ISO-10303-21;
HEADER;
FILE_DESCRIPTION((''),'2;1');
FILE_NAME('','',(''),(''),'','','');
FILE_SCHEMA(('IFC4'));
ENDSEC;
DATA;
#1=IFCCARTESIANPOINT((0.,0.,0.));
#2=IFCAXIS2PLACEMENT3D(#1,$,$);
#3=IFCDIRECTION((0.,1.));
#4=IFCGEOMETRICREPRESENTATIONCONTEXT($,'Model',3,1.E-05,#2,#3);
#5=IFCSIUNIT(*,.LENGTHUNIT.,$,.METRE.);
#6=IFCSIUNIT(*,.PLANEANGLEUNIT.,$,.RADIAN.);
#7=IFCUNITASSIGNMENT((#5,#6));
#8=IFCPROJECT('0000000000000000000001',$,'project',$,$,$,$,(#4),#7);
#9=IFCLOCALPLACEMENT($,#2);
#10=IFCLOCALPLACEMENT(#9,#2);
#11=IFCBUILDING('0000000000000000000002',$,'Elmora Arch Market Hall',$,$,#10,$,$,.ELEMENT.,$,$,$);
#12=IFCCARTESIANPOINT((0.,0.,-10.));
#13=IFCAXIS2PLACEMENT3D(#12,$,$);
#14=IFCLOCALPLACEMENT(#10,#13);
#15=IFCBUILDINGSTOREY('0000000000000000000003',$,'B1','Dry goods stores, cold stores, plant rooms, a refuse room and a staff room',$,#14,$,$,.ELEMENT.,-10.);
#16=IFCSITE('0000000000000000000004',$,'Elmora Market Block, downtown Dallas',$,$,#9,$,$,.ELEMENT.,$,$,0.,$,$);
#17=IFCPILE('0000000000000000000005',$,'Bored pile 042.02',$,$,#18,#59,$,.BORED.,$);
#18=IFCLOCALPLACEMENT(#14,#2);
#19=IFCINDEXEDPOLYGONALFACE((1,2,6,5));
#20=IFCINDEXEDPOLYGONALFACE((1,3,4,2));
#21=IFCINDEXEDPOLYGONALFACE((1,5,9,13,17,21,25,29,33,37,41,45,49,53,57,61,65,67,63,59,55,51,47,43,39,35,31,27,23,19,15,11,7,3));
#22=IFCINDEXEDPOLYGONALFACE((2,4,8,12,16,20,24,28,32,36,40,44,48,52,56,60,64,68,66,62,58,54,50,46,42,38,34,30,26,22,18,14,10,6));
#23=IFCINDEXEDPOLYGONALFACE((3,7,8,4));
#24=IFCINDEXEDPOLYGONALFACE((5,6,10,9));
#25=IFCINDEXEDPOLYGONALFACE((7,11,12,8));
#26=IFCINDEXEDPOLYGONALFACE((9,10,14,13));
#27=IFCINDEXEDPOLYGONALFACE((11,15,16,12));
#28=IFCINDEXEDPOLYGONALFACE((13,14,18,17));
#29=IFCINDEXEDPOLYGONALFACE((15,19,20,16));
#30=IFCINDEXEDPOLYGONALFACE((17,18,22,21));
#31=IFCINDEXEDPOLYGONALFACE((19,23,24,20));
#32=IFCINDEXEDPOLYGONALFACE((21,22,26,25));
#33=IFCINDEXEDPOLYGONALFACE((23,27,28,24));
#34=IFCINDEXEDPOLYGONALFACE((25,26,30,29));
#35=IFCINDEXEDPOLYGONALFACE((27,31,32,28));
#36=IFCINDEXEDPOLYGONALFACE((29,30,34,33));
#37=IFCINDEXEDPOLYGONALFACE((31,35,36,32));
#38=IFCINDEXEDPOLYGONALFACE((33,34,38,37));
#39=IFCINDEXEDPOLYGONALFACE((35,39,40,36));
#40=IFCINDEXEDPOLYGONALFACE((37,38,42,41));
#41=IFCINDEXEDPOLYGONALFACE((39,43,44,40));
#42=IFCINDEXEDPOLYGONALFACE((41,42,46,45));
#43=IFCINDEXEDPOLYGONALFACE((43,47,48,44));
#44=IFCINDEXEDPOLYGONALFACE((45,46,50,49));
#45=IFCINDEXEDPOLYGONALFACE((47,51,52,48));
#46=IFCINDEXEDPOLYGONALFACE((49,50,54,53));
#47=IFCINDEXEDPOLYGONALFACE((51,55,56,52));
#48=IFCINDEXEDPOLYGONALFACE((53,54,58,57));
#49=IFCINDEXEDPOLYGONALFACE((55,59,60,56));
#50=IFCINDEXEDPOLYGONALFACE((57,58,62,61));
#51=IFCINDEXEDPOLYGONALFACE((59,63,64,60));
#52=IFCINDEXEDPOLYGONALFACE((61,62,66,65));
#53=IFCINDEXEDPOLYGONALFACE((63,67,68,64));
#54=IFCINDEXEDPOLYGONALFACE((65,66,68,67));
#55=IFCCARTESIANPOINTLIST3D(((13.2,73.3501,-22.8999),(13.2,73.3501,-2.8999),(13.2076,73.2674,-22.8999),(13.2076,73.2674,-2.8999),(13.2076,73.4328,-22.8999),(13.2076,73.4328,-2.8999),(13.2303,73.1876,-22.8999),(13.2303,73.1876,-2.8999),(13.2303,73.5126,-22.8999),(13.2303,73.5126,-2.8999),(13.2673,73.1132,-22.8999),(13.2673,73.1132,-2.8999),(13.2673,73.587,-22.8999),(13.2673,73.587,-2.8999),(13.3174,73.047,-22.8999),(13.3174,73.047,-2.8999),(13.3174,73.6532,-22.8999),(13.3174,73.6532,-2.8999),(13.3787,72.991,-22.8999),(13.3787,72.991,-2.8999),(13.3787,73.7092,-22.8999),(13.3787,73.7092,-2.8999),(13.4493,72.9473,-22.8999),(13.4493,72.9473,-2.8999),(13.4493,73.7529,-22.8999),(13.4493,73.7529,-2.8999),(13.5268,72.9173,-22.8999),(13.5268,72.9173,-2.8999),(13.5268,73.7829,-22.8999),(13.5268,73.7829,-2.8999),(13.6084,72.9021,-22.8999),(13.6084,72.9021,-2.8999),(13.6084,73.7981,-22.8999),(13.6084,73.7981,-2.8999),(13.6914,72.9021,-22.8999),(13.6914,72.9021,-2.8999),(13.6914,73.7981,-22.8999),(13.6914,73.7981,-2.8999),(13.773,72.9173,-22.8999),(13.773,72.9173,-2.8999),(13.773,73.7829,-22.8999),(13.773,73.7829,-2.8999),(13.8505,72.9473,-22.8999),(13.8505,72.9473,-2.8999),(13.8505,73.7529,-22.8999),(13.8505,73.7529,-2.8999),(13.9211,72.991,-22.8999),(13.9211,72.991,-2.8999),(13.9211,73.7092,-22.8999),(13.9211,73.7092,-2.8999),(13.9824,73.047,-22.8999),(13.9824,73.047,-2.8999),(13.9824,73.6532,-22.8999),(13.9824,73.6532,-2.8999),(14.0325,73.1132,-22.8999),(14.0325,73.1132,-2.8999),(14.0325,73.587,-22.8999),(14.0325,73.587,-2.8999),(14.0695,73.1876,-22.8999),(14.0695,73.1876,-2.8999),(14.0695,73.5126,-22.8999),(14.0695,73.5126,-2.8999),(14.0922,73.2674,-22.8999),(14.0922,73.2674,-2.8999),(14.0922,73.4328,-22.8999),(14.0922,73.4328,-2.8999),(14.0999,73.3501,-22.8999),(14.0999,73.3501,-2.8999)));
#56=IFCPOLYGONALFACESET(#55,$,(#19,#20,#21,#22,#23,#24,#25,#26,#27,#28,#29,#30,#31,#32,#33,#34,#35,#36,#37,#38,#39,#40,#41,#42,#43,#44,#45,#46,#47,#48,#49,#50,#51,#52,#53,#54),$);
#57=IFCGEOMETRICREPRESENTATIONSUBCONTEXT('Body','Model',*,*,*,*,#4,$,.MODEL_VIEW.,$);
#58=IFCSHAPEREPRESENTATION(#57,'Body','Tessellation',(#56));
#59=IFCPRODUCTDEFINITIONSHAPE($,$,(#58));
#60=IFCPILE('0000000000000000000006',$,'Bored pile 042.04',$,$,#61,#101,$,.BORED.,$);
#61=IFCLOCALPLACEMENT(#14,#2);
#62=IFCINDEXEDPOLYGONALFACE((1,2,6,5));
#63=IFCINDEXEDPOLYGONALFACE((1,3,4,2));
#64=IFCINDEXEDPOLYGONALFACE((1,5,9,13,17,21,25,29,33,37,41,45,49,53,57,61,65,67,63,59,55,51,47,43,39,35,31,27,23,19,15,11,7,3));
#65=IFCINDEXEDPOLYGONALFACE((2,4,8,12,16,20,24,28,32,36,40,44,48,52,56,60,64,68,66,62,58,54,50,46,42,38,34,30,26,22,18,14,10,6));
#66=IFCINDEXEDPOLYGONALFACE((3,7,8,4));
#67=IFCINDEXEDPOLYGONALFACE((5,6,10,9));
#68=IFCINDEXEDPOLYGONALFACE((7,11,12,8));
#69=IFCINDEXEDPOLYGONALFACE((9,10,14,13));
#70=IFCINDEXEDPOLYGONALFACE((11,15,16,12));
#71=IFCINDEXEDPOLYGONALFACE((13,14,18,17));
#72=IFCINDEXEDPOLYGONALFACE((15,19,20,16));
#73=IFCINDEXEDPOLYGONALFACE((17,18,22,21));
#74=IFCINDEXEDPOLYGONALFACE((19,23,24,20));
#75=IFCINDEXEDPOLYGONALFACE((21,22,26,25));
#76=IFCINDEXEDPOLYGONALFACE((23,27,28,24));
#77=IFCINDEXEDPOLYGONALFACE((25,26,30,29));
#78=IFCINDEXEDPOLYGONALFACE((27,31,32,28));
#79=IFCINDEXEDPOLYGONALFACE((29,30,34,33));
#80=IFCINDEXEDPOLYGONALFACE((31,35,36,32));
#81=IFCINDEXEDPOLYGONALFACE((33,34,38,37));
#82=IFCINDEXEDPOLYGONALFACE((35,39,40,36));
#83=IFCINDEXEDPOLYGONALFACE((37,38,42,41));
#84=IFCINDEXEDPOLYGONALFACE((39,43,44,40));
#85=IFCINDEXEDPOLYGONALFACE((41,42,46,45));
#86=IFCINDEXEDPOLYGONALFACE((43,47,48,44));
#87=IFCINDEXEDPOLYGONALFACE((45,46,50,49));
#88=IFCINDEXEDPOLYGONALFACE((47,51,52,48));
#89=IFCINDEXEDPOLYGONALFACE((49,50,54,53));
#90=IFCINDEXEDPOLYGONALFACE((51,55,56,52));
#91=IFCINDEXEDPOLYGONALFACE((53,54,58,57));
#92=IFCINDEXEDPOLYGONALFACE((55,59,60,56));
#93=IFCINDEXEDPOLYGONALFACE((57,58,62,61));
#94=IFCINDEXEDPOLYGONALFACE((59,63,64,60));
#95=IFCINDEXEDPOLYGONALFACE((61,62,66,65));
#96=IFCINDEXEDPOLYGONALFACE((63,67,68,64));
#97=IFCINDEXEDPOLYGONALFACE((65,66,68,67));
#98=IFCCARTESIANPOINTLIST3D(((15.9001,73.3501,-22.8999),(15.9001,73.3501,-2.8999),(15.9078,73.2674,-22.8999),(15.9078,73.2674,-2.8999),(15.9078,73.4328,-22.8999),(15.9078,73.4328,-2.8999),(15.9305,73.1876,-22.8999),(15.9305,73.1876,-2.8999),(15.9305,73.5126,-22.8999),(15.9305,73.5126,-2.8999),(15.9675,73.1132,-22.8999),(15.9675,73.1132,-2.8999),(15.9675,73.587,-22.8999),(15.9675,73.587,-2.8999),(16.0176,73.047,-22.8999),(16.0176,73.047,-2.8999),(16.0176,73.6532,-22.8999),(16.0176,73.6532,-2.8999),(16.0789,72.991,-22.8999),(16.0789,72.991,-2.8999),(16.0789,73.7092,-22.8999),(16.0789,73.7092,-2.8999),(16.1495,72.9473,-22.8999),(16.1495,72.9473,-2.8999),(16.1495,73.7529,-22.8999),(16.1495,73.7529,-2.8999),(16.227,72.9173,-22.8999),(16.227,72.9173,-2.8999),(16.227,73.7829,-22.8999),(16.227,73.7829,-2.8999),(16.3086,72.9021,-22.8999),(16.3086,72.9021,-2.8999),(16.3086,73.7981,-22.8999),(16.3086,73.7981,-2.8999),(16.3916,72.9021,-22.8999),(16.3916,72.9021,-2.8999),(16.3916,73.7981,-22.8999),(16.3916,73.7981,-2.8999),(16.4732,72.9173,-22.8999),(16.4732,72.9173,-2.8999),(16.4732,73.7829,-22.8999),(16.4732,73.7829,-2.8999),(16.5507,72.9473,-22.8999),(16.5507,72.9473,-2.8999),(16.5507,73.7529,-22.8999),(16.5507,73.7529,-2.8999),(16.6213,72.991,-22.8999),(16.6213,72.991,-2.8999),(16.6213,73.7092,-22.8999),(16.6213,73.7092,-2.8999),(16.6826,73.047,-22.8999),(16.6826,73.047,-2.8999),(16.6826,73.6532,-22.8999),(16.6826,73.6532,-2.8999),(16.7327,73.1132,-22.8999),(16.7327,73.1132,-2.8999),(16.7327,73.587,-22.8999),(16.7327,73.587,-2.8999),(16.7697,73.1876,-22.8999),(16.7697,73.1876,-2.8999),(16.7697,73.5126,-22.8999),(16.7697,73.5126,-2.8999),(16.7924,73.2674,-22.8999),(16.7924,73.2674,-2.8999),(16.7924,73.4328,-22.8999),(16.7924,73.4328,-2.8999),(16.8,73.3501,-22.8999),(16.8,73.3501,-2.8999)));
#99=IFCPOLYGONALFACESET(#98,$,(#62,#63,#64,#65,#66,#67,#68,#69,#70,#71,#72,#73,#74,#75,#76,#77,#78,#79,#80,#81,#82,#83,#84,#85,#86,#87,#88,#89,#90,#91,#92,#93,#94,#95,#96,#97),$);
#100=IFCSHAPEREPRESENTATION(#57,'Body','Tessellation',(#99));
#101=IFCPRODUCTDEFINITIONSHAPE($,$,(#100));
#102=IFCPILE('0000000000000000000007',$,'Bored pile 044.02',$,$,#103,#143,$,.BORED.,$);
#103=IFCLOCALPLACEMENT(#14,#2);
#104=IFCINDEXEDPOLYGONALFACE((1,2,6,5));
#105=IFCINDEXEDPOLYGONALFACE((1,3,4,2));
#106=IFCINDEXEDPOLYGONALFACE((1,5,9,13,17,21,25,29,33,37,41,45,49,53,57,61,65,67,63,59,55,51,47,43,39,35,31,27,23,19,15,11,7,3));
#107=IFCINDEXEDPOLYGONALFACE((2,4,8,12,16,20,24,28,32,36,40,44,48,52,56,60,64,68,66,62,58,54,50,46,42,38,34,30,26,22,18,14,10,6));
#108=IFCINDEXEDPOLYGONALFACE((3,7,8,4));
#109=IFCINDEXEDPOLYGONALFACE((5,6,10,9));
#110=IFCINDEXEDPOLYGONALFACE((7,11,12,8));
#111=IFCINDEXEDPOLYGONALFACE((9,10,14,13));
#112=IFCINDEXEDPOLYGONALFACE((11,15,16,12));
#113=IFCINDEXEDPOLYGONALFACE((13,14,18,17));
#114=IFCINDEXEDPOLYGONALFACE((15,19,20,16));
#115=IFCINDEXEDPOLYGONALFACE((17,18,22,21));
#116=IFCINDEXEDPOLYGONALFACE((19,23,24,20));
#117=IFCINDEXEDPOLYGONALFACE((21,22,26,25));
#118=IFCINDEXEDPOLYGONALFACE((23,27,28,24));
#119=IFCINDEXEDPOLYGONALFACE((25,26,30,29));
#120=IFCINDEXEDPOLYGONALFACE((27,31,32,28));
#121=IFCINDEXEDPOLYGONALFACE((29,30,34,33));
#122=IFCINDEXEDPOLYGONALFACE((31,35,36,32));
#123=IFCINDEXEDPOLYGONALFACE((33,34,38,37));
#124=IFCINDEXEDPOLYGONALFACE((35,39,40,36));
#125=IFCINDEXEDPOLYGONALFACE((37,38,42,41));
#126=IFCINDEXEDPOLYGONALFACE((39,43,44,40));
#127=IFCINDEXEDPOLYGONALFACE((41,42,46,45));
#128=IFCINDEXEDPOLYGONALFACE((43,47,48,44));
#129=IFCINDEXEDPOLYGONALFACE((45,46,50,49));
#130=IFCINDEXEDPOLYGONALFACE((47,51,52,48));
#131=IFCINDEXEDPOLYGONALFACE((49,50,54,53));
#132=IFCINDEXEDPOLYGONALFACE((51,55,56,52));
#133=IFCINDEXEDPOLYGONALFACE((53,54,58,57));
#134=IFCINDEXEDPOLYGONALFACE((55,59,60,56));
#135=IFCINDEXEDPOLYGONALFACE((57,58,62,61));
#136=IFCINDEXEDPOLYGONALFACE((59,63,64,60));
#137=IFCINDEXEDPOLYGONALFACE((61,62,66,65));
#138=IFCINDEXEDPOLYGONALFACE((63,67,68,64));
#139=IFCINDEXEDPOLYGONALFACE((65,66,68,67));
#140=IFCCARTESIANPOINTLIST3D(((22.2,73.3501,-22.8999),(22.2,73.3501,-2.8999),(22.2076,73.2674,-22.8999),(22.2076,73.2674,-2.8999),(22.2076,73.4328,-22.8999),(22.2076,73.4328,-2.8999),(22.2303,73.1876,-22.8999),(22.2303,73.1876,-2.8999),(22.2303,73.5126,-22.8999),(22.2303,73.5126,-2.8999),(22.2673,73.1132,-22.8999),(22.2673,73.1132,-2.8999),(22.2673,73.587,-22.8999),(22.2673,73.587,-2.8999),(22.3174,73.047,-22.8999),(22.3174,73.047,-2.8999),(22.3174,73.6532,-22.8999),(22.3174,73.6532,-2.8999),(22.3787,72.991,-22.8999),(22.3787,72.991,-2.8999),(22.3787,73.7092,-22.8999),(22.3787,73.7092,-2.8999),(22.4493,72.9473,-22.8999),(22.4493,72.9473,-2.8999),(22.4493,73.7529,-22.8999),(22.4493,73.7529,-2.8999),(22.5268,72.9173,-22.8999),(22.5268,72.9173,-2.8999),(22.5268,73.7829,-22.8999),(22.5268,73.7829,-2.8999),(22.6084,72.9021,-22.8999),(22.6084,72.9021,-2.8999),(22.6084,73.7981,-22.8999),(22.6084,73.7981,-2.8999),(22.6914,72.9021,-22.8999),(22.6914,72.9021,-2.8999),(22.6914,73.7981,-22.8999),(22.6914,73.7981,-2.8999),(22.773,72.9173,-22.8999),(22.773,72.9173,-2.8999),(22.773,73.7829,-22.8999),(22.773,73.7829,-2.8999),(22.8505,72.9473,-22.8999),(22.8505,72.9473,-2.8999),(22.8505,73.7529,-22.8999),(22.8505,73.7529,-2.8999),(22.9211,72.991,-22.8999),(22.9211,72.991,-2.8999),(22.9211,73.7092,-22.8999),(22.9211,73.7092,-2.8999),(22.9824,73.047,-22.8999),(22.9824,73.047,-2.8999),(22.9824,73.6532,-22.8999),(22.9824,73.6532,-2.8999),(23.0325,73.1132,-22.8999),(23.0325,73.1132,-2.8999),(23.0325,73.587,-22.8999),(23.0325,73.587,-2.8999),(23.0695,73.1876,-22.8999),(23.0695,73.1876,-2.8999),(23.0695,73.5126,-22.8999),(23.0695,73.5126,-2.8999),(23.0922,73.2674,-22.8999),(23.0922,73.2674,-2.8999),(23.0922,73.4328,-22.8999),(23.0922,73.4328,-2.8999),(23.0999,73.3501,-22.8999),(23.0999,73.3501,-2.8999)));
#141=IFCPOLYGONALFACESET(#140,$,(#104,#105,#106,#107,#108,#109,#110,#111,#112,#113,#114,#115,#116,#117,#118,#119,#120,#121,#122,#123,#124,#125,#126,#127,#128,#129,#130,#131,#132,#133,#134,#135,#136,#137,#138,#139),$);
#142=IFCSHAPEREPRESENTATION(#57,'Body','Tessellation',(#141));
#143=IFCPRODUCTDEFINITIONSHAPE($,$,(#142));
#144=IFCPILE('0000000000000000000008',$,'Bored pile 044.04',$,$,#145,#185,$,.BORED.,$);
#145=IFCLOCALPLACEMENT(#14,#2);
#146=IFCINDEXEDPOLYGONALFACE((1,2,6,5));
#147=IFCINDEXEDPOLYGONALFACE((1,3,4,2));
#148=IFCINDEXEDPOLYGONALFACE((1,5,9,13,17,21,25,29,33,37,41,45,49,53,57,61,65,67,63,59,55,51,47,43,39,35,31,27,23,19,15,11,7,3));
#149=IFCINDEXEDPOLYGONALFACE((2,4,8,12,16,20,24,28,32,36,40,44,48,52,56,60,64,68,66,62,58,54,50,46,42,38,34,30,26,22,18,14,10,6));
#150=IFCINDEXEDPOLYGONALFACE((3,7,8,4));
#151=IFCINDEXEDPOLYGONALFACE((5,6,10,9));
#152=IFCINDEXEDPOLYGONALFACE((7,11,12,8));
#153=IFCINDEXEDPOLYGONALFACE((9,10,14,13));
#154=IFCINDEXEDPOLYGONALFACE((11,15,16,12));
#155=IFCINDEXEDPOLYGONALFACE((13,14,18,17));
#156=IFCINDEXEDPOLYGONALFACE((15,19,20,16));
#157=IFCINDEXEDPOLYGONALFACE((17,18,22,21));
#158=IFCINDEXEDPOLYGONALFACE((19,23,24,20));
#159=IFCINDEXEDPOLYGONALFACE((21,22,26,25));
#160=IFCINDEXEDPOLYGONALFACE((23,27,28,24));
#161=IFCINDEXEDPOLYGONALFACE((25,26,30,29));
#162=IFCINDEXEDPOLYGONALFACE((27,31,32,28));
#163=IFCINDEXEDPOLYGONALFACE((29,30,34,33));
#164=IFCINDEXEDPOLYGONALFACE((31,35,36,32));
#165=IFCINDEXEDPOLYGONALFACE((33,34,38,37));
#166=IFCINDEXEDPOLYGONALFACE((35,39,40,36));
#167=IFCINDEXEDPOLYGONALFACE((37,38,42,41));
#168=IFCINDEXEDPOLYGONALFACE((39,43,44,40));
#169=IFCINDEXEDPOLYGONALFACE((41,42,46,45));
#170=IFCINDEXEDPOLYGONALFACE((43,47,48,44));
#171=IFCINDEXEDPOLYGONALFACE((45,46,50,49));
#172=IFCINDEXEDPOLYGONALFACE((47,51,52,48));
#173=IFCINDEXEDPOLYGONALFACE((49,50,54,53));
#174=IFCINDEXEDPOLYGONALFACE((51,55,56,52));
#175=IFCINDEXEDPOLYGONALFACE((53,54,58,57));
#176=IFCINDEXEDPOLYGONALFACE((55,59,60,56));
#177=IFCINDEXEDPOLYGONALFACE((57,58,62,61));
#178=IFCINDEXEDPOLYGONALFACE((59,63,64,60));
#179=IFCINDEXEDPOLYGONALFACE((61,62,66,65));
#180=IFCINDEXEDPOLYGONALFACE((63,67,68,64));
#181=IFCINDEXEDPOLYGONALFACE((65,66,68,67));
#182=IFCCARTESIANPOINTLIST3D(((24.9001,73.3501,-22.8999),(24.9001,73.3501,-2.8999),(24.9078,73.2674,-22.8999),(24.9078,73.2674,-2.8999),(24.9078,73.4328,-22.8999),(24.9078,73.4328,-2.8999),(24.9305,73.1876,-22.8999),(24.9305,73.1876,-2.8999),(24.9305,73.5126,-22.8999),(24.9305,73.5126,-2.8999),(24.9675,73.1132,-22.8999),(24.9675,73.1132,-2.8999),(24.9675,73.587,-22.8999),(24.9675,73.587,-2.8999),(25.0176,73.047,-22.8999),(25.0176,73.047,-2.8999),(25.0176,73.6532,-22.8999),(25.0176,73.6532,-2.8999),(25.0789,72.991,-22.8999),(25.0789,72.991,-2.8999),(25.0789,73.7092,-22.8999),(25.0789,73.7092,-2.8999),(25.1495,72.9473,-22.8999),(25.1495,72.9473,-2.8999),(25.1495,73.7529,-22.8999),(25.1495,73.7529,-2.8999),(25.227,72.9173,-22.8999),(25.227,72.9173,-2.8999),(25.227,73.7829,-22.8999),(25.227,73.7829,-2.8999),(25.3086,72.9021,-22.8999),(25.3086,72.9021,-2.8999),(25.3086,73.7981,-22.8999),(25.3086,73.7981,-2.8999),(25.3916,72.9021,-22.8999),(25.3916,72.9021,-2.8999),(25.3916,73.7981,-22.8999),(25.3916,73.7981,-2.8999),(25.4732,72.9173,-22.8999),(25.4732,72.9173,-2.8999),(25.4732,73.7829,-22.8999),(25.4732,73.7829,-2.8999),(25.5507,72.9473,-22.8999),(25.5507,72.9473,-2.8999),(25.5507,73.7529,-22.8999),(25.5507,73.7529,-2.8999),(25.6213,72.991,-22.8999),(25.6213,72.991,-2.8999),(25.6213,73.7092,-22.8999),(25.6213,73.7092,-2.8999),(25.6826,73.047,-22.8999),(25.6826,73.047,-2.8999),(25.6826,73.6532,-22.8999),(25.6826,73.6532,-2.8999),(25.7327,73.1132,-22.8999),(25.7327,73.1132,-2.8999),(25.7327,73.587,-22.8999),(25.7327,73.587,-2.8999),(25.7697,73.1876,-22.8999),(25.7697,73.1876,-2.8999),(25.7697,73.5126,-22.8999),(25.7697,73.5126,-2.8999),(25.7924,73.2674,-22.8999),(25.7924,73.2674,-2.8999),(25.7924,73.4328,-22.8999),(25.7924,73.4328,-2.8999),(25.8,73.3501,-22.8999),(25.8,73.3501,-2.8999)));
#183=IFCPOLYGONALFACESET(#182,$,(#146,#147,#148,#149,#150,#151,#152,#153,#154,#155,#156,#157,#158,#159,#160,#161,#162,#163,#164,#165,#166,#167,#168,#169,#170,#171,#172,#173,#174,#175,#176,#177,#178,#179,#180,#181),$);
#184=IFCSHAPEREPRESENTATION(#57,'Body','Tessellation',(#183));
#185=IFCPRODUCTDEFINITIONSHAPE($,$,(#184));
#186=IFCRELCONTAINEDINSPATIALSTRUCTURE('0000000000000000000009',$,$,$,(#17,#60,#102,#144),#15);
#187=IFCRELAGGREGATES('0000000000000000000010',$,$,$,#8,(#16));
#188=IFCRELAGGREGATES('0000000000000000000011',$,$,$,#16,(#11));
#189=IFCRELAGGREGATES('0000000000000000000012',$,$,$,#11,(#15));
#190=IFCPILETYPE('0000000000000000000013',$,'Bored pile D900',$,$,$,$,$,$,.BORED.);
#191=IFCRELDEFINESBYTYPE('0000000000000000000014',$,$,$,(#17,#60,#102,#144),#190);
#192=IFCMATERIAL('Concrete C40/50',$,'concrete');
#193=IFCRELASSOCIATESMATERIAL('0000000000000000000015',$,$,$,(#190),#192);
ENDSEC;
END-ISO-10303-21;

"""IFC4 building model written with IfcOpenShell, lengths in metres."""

from ifc_helpers import new_model, si_unit, direction, frame, origin, origin_2d, place, context, subcontext, project, spatial, circle, extrude, material, material_profile, profile_set, type_object, element, save


model = new_model("IFC4")

# Units and contexts
model_context = context("Model", 3, precision=1e-05, world=origin(), true_north=direction((0.0, 1.0)))
body_context = subcontext(model_context, "Body", "Model", "MODEL_VIEW")
ifc_project = project(units=[si_unit("LENGTHUNIT", "METRE"), si_unit("PLANEANGLEUNIT", "RADIAN")], contexts=[model_context])

# Site, building, storey
site_placement = place(None, origin())
site = spatial("IfcSite", under=ifc_project, at=site_placement, Name="Elmora Market Block, downtown Dallas", CompositionType="ELEMENT", RefElevation=0.0)
building_placement = place(site_placement, origin())
building = spatial("IfcBuilding", under=site, at=building_placement, Name="Elmora Arch Market Hall", CompositionType="ELEMENT")
storey_placement = place(building_placement, frame((0.0, 0.0, -10.0)))
storey = spatial("IfcBuildingStorey", under=building, at=storey_placement, Name="B1", Description="Dry goods stores, cold stores, plant rooms, a refuse room and a staff room", CompositionType="ELEMENT", Elevation=-10.0)

# Piles
ifc_material_1 = material(Name="Concrete C40/50", Category="concrete")
ifc_material_profile_1 = material_profile(ifc_material_1, circle(Radius=0.45, at=origin_2d()), Name="Bored pile D900")
ifc_profile_set_1 = profile_set([ifc_material_profile_1], Name="Concrete C40/50")
pile_type = type_object("IfcPileType", Name="Bored pile D900", PredefinedType="BORED", material=ifc_profile_set_1)
for number, where, z_axis, x_axis, name in (
    (1, (13.6499, 73.3501, -2.8999), (0.0, 0.0, -1.0), (1.0, 0.0, 0.0), "Bored pile 042.02"),
    (2, (16.3501, 73.3501, -2.8999), (0.0, 0.0, -1.0), (1.0, 0.0, 0.0), "Bored pile 042.04"),
    (3, (22.6499, 73.3501, -2.8999), (0.0, 0.0, -1.0), (1.0, 0.0, 0.0), "Bored pile 044.02"),
    (4, (25.3501, 73.3501, -2.8999), (0.0, 0.0, -1.0), (1.0, 0.0, 0.0), "Bored pile 044.04"),
):
    element("IfcPile", number, at=place(storey_placement, frame(where, z_axis=z_axis, x_axis=x_axis)), inside=storey, type_object=pile_type, Name=name, PredefinedType="BORED", context=body_context, shape_type="SweptSolid", body=[
        extrude(circle(Radius=0.45, at=origin_2d()), origin(), (0.0, 0.0, 1.0), 20.0),
    ])

save(model, "model.ifc")
